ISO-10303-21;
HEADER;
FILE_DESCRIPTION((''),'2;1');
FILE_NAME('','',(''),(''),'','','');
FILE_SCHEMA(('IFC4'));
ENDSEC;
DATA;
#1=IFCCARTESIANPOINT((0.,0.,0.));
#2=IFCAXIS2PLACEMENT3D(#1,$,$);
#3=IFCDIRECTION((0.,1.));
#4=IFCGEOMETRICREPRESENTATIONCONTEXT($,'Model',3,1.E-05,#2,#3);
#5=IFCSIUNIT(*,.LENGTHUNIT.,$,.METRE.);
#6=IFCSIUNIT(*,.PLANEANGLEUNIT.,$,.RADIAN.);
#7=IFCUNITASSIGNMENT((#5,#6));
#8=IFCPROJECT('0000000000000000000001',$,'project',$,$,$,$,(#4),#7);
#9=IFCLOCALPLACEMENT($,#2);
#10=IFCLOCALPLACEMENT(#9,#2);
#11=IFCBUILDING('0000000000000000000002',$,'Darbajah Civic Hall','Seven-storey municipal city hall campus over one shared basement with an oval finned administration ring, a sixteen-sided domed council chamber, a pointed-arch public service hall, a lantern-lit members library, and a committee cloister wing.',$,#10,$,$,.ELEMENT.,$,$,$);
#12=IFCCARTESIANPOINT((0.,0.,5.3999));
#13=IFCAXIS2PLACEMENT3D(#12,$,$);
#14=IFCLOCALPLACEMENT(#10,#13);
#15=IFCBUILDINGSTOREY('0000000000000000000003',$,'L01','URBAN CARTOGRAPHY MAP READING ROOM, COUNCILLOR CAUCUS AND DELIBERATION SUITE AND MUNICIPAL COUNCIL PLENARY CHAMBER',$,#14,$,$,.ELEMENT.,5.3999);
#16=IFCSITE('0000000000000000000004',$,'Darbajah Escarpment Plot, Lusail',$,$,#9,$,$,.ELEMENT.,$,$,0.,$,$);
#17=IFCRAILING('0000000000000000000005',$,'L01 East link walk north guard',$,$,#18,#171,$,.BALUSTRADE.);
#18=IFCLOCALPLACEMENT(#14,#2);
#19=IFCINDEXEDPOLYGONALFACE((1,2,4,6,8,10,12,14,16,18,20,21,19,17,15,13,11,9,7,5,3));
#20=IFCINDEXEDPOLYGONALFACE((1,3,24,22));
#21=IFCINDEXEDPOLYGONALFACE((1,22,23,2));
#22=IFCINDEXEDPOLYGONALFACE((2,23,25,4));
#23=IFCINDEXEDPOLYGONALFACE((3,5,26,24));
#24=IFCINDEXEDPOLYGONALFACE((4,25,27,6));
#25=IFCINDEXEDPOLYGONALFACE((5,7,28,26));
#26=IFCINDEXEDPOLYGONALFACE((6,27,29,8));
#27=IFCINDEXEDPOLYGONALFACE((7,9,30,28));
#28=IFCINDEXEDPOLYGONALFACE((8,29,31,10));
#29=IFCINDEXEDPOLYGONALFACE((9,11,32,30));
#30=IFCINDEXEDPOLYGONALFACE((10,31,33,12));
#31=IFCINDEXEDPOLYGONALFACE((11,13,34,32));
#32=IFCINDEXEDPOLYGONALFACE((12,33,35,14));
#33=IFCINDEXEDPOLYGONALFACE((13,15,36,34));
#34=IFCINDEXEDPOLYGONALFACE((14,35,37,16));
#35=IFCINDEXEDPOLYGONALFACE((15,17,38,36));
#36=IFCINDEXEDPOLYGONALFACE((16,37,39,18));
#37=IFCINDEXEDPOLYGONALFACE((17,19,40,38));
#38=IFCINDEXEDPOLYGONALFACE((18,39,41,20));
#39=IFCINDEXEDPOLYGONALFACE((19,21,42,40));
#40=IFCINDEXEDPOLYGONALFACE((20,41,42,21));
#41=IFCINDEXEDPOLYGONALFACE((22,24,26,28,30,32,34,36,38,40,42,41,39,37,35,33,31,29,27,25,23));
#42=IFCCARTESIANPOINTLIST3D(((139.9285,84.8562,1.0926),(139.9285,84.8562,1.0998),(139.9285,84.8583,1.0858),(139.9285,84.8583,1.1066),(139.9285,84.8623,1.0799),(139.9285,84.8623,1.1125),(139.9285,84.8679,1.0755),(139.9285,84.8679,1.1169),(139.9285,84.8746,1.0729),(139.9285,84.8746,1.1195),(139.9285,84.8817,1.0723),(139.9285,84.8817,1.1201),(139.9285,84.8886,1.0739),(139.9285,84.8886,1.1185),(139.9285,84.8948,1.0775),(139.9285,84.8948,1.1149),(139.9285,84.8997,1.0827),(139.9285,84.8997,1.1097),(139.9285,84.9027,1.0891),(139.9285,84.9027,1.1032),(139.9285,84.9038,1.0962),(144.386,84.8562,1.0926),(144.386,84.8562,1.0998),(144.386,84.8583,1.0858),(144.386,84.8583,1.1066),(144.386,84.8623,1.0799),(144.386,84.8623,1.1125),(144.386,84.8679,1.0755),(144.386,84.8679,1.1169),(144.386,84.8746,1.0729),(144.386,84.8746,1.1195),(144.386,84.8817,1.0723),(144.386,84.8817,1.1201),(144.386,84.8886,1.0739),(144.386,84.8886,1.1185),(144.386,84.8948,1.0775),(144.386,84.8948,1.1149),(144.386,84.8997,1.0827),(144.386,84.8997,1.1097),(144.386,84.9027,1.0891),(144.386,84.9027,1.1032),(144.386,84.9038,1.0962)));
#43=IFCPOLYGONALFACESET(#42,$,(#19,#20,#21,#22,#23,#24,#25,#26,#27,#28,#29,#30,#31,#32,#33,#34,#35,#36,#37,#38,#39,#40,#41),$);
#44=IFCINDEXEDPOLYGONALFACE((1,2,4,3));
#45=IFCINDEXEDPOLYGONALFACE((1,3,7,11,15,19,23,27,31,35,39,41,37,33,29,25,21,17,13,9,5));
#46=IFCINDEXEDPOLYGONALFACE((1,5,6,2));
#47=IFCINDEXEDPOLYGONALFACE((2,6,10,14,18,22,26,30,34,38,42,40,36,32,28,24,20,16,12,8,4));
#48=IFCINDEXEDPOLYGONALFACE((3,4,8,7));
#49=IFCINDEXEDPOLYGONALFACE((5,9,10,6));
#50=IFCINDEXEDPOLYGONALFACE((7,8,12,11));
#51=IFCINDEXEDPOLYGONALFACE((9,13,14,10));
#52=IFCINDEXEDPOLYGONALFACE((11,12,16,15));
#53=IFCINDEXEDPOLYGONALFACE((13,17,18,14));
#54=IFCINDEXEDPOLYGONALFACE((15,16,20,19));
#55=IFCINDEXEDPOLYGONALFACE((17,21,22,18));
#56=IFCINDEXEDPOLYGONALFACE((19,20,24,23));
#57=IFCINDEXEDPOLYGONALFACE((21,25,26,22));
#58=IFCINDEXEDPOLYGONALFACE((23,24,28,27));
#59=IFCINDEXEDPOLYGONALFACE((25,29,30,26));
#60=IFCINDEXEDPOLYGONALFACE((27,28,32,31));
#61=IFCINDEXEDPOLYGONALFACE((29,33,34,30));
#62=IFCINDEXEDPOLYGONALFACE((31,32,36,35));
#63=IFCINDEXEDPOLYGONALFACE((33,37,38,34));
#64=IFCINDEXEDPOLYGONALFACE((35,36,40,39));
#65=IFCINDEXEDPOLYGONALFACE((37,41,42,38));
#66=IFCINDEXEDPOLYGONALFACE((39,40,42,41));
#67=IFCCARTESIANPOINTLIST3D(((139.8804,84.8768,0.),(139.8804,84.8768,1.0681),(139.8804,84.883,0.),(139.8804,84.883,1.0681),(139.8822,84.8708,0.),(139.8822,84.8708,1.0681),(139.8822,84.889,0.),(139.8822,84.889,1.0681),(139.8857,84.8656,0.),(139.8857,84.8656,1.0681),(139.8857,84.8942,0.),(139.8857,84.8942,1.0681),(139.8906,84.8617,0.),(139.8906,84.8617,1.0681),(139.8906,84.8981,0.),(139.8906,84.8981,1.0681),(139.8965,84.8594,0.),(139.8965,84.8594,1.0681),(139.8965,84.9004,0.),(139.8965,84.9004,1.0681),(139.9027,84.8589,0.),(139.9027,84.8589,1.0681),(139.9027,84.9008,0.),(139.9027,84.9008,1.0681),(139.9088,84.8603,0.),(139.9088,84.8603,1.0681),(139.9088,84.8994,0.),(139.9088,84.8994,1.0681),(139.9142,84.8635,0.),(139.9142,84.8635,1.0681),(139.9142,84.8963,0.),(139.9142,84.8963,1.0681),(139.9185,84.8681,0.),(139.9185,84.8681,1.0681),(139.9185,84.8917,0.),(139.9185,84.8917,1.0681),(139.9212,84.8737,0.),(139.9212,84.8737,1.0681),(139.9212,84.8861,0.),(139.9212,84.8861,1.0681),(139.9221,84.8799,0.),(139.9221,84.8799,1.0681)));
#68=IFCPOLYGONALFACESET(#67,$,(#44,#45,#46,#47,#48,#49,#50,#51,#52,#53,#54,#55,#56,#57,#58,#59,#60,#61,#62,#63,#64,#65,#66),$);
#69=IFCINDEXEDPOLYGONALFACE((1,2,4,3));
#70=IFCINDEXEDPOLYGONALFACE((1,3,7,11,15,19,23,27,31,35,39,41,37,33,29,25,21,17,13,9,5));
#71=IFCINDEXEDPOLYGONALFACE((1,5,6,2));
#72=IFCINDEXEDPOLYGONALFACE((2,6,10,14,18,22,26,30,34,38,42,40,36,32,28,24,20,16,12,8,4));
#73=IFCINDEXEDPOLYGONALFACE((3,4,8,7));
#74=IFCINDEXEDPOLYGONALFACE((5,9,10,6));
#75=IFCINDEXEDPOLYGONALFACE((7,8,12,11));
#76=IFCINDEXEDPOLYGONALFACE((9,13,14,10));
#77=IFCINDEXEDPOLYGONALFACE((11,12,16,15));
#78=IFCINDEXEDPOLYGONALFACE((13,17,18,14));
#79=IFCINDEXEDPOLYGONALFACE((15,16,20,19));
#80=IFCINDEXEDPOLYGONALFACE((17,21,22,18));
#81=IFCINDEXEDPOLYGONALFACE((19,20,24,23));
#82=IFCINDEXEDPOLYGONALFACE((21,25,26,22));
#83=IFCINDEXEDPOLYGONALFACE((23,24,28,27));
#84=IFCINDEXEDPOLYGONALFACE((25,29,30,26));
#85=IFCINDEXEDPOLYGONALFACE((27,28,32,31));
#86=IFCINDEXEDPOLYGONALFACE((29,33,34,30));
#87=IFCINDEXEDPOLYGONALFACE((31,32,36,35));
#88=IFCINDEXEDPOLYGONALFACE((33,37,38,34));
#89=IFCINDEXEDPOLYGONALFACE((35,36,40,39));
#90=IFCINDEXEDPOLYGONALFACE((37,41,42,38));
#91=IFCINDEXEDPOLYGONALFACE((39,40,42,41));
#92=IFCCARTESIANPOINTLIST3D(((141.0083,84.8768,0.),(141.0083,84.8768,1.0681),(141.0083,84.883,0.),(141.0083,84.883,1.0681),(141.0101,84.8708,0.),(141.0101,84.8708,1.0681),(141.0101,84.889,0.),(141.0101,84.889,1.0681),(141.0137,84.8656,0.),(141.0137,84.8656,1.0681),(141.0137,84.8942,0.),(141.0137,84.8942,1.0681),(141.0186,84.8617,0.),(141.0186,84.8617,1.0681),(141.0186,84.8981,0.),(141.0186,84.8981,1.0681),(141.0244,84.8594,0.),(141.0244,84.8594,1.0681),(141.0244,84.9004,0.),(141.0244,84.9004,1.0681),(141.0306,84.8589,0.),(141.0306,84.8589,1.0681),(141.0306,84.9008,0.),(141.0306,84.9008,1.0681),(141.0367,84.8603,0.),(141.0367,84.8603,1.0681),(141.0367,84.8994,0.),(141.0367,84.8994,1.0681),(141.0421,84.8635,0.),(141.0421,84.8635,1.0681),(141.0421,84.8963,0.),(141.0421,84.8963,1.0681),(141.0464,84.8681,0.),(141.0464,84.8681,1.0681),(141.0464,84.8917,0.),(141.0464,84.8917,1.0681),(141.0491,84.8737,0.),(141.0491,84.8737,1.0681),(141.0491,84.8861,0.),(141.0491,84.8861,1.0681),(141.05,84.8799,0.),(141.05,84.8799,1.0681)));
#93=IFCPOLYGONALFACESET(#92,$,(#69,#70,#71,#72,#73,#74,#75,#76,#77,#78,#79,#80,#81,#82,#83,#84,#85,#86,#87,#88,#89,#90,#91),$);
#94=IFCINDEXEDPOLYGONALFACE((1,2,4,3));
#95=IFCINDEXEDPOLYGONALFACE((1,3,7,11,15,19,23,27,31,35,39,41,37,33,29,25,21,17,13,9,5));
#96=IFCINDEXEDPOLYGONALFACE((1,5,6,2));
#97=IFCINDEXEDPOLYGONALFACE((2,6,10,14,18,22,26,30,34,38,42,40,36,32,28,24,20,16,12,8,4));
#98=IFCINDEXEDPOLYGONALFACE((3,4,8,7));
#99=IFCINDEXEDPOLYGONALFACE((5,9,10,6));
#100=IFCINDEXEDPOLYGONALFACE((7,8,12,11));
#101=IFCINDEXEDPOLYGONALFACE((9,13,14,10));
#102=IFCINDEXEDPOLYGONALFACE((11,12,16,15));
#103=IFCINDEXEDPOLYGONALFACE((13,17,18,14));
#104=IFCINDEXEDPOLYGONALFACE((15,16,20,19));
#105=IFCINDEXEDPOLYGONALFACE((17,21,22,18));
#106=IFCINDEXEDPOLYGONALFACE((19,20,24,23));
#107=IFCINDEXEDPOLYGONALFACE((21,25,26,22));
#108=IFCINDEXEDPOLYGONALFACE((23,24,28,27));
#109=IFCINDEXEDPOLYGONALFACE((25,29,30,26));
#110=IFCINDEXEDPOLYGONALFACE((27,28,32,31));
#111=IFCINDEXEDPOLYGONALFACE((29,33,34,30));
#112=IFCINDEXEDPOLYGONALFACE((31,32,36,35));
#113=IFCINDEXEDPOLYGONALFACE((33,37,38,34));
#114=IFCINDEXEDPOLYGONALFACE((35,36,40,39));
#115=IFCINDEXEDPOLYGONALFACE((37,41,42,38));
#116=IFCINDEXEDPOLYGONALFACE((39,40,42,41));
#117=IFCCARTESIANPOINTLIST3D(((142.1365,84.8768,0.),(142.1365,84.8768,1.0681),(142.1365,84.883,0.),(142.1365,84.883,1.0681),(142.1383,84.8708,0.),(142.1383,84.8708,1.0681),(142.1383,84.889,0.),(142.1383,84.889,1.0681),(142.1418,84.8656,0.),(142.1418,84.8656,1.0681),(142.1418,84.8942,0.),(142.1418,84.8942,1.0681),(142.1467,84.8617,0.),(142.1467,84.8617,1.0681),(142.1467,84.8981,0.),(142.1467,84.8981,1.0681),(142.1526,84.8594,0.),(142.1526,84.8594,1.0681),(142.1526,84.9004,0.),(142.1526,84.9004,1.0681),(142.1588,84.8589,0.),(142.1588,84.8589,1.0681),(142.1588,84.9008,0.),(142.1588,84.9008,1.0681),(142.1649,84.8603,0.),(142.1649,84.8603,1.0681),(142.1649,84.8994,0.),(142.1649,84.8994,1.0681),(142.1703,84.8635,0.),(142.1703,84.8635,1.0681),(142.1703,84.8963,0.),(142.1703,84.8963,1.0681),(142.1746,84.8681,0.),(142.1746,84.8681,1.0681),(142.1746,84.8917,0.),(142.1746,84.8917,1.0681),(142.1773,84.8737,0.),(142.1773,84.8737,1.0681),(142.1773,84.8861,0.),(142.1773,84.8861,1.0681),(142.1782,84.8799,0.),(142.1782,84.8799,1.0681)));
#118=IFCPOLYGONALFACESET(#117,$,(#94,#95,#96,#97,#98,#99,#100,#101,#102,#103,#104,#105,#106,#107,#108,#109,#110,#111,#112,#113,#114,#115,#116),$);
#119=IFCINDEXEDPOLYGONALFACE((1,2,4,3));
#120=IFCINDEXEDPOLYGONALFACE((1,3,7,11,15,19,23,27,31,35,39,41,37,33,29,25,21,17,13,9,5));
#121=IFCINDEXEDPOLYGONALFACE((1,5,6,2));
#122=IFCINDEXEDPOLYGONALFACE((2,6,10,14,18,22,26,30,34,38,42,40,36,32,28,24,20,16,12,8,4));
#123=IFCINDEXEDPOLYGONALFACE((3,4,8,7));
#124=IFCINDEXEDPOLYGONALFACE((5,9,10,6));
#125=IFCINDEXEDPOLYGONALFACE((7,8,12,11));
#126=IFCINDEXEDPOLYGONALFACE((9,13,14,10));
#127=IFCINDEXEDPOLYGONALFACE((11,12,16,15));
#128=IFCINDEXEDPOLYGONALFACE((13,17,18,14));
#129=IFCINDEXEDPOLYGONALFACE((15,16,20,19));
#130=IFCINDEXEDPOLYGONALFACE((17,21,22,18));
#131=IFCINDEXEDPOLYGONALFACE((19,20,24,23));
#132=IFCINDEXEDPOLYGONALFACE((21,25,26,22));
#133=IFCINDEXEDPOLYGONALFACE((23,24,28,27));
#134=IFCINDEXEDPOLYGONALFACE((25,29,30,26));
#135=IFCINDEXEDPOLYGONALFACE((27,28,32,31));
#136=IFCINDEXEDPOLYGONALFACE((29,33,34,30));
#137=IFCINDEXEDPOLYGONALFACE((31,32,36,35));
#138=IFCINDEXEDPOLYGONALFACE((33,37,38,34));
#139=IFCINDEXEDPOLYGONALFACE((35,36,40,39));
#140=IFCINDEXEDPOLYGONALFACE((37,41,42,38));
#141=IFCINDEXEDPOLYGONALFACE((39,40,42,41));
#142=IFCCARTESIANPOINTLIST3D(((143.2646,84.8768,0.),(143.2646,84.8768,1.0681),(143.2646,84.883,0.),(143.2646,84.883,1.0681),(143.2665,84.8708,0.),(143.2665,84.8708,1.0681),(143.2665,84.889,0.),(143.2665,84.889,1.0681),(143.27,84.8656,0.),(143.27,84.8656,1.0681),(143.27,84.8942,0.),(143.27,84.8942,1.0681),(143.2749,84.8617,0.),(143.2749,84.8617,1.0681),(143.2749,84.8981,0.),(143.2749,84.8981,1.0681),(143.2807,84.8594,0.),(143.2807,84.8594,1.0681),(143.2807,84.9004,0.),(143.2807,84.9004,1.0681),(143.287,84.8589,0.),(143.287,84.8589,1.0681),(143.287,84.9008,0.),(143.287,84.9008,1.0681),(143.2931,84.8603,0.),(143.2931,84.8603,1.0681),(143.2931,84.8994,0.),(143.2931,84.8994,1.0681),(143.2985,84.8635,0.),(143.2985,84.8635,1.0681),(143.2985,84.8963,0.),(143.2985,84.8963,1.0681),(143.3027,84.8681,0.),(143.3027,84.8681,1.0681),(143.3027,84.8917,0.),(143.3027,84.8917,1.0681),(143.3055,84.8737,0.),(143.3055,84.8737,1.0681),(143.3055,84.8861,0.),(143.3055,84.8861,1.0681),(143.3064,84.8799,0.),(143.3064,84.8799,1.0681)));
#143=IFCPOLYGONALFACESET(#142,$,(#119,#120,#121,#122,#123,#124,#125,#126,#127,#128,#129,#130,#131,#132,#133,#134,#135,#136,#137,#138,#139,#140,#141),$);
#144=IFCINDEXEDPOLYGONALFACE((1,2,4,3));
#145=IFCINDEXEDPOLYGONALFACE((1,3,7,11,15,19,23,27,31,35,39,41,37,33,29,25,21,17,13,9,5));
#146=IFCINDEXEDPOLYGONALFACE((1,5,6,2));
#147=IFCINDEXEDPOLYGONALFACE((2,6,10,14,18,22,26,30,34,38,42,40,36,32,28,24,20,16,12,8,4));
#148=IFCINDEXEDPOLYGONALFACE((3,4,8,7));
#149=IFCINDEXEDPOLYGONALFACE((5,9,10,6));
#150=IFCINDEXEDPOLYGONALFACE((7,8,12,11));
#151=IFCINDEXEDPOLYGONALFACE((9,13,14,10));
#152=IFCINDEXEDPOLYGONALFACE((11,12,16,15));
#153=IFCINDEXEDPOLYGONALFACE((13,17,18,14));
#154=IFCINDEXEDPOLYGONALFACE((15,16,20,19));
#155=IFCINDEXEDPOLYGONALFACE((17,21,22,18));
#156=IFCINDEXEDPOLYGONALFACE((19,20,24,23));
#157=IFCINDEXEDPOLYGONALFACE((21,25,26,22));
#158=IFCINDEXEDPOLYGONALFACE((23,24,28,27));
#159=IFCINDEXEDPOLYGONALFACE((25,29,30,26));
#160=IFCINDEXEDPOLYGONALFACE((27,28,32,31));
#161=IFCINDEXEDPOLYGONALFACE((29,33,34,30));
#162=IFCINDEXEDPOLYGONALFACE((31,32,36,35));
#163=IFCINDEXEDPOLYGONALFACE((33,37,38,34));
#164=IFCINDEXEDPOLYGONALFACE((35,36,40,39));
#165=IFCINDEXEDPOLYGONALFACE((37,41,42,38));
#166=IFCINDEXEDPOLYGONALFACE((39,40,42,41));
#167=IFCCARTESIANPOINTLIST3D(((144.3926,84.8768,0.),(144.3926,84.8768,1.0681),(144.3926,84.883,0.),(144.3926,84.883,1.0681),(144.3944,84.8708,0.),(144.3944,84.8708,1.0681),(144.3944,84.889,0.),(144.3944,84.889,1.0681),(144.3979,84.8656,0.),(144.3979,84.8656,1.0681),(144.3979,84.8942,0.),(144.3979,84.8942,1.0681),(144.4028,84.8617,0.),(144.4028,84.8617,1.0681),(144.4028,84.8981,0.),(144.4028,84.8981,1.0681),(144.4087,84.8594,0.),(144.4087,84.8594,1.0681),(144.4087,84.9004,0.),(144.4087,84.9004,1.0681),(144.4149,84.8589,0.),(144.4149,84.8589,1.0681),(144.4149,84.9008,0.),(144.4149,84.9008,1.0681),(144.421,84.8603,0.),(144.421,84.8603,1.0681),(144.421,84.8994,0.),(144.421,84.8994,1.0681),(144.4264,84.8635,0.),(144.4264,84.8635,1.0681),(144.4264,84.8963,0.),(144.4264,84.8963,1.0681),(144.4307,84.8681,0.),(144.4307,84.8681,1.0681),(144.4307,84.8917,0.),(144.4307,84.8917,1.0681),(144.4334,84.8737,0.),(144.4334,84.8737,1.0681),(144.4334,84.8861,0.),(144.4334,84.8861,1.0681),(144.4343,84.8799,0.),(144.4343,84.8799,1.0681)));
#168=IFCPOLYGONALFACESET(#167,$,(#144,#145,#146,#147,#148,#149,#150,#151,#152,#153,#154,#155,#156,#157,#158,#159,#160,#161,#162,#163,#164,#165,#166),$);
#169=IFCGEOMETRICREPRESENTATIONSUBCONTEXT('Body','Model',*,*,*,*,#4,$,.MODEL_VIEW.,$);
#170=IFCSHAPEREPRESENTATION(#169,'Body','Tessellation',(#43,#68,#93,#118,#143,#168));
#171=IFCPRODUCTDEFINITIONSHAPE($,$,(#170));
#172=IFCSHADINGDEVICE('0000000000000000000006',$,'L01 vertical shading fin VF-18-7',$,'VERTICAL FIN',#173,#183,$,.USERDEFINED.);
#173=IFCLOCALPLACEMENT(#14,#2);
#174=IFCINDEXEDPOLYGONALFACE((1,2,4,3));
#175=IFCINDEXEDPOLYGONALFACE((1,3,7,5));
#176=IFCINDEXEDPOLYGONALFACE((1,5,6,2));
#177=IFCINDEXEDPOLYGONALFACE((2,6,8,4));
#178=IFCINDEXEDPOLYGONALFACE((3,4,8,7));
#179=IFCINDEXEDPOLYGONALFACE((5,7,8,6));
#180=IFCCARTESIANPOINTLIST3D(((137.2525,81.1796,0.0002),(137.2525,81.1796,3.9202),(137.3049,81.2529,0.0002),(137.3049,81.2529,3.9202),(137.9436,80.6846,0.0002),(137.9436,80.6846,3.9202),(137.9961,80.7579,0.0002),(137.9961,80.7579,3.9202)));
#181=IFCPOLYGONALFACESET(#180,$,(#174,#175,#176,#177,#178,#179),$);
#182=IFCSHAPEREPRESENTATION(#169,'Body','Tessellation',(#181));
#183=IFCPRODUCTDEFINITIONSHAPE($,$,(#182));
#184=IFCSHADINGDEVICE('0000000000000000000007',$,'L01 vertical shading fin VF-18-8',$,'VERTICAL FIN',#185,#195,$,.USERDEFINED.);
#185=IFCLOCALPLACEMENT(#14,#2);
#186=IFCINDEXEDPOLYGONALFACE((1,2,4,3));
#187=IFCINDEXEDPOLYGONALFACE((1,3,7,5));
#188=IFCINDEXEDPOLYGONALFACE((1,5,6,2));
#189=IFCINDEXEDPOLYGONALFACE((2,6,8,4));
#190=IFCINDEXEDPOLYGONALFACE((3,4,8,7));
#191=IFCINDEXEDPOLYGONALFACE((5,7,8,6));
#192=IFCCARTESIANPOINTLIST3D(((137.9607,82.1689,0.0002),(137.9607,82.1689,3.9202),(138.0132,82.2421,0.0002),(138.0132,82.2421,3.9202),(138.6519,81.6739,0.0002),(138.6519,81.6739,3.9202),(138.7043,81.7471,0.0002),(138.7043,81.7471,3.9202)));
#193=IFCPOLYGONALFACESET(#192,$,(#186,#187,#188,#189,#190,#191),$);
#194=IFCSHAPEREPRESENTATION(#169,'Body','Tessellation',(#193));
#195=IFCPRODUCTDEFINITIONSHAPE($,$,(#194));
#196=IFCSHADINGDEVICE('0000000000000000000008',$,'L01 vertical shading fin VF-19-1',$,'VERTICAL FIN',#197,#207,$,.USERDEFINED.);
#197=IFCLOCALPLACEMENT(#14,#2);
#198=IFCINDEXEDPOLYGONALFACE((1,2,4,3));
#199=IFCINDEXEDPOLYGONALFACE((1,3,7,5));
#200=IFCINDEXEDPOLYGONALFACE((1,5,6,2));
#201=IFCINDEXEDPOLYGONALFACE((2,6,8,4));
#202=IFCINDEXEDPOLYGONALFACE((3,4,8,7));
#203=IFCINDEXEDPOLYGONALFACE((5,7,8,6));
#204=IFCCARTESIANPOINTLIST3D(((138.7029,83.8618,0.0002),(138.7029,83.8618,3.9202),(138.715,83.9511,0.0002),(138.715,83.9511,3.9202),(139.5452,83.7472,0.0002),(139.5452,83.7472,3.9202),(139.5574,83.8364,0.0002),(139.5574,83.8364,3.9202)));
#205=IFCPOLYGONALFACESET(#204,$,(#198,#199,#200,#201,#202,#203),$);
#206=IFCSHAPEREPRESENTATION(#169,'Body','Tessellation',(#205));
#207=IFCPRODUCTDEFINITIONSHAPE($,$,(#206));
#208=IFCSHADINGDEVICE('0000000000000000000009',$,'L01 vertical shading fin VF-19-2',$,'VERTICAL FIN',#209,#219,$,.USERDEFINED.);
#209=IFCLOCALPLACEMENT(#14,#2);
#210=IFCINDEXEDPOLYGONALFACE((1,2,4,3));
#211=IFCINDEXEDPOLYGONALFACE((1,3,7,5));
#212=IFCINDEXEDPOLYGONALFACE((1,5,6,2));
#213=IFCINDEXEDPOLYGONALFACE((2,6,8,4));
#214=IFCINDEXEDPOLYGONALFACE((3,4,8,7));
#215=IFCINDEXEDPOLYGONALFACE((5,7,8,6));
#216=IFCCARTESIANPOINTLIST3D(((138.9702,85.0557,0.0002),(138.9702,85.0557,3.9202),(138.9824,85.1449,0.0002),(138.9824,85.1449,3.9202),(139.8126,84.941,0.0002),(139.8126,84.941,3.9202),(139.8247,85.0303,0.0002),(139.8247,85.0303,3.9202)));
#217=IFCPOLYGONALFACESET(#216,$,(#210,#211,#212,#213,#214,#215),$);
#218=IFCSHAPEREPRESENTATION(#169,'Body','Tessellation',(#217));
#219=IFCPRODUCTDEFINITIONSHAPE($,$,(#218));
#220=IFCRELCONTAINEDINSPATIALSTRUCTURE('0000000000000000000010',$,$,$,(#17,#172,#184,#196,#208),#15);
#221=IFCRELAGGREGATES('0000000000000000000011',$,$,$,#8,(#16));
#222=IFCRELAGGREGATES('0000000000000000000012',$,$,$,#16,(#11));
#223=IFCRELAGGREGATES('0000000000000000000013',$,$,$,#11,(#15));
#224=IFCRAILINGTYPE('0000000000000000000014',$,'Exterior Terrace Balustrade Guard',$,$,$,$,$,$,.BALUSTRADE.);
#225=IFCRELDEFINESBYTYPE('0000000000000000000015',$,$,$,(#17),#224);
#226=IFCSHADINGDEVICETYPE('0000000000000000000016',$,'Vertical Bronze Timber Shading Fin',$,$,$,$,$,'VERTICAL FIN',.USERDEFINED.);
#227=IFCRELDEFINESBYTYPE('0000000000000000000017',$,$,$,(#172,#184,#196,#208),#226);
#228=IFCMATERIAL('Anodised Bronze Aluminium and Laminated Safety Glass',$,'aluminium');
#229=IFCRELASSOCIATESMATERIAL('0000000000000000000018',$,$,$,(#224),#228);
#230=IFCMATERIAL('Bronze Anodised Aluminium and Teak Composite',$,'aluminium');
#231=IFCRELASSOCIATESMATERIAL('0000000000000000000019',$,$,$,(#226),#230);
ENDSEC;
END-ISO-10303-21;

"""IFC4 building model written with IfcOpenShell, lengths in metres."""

from ifc_helpers import new_model, si_unit, direction, frame, origin, origin_2d, place, context, subcontext, project, spatial, rectangle, circle, extrude, material, type_object, element, save


model = new_model("IFC4")

# Units and contexts
model_context = context("Model", 3, precision=1e-05, world=origin(), true_north=direction((0.0, 1.0)))
body_context = subcontext(model_context, "Body", "Model", "MODEL_VIEW")
ifc_project = project(units=[si_unit("LENGTHUNIT", "METRE"), si_unit("PLANEANGLEUNIT", "RADIAN")], contexts=[model_context])

# Site, building, storey
site_placement = place(None, origin())
site = spatial("IfcSite", under=ifc_project, at=site_placement, Name="Darbajah Escarpment Plot, Lusail", CompositionType="ELEMENT", RefElevation=0.0)
building_placement = place(site_placement, origin())
building = spatial("IfcBuilding", under=site, at=building_placement, Name="Darbajah Civic Hall", Description="Seven-storey municipal city hall campus over one shared basement with an oval finned administration ring, a sixteen-sided domed council chamber, a pointed-arch public service hall, a lantern-lit members library, and a committee cloister wing.", CompositionType="ELEMENT")
storey_placement = place(building_placement, frame((0.0, 0.0, 5.3999)))
storey = spatial("IfcBuildingStorey", under=building, at=storey_placement, Name="L01", Description="URBAN CARTOGRAPHY MAP READING ROOM, COUNCILLOR CAUCUS AND DELIBERATION SUITE AND MUNICIPAL COUNCIL PLENARY CHAMBER", CompositionType="ELEMENT", Elevation=5.3999)

# Railing
ifc_material_1 = material(Name="Anodised Bronze Aluminium and Laminated Safety Glass", Category="aluminium")
railing_type = type_object("IfcRailingType", Name="Exterior Terrace Balustrade Guard", PredefinedType="BALUSTRADE", material=ifc_material_1)
railing_1_placement = place(storey_placement, frame((139.9011, 84.8799, 0.0)))
element("IfcRailing", 1, at=railing_1_placement, inside=storey, type_object=railing_type, Name="L01 East link walk north guard", PredefinedType="BALUSTRADE", context=body_context, shape_type="SweptSolid", body=[
    extrude(circle(Radius=0.0239, at=origin_2d()), frame((0.0273, 0.0, 1.0962), z_axis=(1.0, 0.0, 0.0), x_axis=(0.0, 1.0, 0.0)), (0.0, 0.0, 1.0), 4.4575),
    extrude(circle(Radius=0.021, at=origin_2d()), origin(), (0.0, 0.0, 1.0), 1.0681),
    extrude(circle(Radius=0.021, at=origin_2d()), frame((1.1279, 0.0, 0.0)), (0.0, 0.0, 1.0), 1.0681),
    extrude(circle(Radius=0.021, at=origin_2d()), frame((2.2561, 0.0, 0.0)), (0.0, 0.0, 1.0), 1.0681),
    extrude(circle(Radius=0.021, at=origin_2d()), frame((3.3843, 0.0, 0.0)), (0.0, 0.0, 1.0), 1.0681),
    extrude(circle(Radius=0.021, at=origin_2d()), frame((4.5122, 0.0, 0.0)), (0.0, 0.0, 1.0), 1.0681),
])

# Shading devices
ifc_material_2 = material(Name="Bronze Anodised Aluminium and Teak Composite", Category="aluminium")
shading_device_type = type_object("IfcShadingDeviceType", Name="Vertical Bronze Timber Shading Fin", ElementType="VERTICAL FIN", PredefinedType="USERDEFINED", material=ifc_material_2)
for number, where, z_axis, x_axis, name in (
    (2, (137.6243, 80.9688, 0.0002), (0.0, 0.0, 1.0), (0.812999, -0.582265, 0.0), "L01 vertical shading fin VF-18-7"),
    (3, (138.3325, 81.958, 0.0002), (0.0, 0.0, 1.0), (0.812999, -0.582265, 0.0), "L01 vertical shading fin VF-18-8"),
    (4, (139.1301, 83.8491, 0.0002), (0.0, 0.0, 1.0), (0.990866, -0.134851, 0.0), "L01 vertical shading fin VF-19-1"),
    (5, (139.3975, 85.043, 0.0002), (0.0, 0.0, 1.0), (0.990866, -0.134851, 0.0), "L01 vertical shading fin VF-19-2"),
):
    element("IfcShadingDevice", number, at=place(storey_placement, frame(where, z_axis=z_axis, x_axis=x_axis)), inside=storey, type_object=shading_device_type, Name=name, ObjectType="VERTICAL FIN", PredefinedType="USERDEFINED", context=body_context, shape_type="SweptSolid", body=[
        extrude(rectangle(XDim=0.8501, YDim=0.0901, at=origin_2d()), origin(), (0.0, 0.0, 1.0), 3.9199),
    ])

save(model, "model.ifc")
